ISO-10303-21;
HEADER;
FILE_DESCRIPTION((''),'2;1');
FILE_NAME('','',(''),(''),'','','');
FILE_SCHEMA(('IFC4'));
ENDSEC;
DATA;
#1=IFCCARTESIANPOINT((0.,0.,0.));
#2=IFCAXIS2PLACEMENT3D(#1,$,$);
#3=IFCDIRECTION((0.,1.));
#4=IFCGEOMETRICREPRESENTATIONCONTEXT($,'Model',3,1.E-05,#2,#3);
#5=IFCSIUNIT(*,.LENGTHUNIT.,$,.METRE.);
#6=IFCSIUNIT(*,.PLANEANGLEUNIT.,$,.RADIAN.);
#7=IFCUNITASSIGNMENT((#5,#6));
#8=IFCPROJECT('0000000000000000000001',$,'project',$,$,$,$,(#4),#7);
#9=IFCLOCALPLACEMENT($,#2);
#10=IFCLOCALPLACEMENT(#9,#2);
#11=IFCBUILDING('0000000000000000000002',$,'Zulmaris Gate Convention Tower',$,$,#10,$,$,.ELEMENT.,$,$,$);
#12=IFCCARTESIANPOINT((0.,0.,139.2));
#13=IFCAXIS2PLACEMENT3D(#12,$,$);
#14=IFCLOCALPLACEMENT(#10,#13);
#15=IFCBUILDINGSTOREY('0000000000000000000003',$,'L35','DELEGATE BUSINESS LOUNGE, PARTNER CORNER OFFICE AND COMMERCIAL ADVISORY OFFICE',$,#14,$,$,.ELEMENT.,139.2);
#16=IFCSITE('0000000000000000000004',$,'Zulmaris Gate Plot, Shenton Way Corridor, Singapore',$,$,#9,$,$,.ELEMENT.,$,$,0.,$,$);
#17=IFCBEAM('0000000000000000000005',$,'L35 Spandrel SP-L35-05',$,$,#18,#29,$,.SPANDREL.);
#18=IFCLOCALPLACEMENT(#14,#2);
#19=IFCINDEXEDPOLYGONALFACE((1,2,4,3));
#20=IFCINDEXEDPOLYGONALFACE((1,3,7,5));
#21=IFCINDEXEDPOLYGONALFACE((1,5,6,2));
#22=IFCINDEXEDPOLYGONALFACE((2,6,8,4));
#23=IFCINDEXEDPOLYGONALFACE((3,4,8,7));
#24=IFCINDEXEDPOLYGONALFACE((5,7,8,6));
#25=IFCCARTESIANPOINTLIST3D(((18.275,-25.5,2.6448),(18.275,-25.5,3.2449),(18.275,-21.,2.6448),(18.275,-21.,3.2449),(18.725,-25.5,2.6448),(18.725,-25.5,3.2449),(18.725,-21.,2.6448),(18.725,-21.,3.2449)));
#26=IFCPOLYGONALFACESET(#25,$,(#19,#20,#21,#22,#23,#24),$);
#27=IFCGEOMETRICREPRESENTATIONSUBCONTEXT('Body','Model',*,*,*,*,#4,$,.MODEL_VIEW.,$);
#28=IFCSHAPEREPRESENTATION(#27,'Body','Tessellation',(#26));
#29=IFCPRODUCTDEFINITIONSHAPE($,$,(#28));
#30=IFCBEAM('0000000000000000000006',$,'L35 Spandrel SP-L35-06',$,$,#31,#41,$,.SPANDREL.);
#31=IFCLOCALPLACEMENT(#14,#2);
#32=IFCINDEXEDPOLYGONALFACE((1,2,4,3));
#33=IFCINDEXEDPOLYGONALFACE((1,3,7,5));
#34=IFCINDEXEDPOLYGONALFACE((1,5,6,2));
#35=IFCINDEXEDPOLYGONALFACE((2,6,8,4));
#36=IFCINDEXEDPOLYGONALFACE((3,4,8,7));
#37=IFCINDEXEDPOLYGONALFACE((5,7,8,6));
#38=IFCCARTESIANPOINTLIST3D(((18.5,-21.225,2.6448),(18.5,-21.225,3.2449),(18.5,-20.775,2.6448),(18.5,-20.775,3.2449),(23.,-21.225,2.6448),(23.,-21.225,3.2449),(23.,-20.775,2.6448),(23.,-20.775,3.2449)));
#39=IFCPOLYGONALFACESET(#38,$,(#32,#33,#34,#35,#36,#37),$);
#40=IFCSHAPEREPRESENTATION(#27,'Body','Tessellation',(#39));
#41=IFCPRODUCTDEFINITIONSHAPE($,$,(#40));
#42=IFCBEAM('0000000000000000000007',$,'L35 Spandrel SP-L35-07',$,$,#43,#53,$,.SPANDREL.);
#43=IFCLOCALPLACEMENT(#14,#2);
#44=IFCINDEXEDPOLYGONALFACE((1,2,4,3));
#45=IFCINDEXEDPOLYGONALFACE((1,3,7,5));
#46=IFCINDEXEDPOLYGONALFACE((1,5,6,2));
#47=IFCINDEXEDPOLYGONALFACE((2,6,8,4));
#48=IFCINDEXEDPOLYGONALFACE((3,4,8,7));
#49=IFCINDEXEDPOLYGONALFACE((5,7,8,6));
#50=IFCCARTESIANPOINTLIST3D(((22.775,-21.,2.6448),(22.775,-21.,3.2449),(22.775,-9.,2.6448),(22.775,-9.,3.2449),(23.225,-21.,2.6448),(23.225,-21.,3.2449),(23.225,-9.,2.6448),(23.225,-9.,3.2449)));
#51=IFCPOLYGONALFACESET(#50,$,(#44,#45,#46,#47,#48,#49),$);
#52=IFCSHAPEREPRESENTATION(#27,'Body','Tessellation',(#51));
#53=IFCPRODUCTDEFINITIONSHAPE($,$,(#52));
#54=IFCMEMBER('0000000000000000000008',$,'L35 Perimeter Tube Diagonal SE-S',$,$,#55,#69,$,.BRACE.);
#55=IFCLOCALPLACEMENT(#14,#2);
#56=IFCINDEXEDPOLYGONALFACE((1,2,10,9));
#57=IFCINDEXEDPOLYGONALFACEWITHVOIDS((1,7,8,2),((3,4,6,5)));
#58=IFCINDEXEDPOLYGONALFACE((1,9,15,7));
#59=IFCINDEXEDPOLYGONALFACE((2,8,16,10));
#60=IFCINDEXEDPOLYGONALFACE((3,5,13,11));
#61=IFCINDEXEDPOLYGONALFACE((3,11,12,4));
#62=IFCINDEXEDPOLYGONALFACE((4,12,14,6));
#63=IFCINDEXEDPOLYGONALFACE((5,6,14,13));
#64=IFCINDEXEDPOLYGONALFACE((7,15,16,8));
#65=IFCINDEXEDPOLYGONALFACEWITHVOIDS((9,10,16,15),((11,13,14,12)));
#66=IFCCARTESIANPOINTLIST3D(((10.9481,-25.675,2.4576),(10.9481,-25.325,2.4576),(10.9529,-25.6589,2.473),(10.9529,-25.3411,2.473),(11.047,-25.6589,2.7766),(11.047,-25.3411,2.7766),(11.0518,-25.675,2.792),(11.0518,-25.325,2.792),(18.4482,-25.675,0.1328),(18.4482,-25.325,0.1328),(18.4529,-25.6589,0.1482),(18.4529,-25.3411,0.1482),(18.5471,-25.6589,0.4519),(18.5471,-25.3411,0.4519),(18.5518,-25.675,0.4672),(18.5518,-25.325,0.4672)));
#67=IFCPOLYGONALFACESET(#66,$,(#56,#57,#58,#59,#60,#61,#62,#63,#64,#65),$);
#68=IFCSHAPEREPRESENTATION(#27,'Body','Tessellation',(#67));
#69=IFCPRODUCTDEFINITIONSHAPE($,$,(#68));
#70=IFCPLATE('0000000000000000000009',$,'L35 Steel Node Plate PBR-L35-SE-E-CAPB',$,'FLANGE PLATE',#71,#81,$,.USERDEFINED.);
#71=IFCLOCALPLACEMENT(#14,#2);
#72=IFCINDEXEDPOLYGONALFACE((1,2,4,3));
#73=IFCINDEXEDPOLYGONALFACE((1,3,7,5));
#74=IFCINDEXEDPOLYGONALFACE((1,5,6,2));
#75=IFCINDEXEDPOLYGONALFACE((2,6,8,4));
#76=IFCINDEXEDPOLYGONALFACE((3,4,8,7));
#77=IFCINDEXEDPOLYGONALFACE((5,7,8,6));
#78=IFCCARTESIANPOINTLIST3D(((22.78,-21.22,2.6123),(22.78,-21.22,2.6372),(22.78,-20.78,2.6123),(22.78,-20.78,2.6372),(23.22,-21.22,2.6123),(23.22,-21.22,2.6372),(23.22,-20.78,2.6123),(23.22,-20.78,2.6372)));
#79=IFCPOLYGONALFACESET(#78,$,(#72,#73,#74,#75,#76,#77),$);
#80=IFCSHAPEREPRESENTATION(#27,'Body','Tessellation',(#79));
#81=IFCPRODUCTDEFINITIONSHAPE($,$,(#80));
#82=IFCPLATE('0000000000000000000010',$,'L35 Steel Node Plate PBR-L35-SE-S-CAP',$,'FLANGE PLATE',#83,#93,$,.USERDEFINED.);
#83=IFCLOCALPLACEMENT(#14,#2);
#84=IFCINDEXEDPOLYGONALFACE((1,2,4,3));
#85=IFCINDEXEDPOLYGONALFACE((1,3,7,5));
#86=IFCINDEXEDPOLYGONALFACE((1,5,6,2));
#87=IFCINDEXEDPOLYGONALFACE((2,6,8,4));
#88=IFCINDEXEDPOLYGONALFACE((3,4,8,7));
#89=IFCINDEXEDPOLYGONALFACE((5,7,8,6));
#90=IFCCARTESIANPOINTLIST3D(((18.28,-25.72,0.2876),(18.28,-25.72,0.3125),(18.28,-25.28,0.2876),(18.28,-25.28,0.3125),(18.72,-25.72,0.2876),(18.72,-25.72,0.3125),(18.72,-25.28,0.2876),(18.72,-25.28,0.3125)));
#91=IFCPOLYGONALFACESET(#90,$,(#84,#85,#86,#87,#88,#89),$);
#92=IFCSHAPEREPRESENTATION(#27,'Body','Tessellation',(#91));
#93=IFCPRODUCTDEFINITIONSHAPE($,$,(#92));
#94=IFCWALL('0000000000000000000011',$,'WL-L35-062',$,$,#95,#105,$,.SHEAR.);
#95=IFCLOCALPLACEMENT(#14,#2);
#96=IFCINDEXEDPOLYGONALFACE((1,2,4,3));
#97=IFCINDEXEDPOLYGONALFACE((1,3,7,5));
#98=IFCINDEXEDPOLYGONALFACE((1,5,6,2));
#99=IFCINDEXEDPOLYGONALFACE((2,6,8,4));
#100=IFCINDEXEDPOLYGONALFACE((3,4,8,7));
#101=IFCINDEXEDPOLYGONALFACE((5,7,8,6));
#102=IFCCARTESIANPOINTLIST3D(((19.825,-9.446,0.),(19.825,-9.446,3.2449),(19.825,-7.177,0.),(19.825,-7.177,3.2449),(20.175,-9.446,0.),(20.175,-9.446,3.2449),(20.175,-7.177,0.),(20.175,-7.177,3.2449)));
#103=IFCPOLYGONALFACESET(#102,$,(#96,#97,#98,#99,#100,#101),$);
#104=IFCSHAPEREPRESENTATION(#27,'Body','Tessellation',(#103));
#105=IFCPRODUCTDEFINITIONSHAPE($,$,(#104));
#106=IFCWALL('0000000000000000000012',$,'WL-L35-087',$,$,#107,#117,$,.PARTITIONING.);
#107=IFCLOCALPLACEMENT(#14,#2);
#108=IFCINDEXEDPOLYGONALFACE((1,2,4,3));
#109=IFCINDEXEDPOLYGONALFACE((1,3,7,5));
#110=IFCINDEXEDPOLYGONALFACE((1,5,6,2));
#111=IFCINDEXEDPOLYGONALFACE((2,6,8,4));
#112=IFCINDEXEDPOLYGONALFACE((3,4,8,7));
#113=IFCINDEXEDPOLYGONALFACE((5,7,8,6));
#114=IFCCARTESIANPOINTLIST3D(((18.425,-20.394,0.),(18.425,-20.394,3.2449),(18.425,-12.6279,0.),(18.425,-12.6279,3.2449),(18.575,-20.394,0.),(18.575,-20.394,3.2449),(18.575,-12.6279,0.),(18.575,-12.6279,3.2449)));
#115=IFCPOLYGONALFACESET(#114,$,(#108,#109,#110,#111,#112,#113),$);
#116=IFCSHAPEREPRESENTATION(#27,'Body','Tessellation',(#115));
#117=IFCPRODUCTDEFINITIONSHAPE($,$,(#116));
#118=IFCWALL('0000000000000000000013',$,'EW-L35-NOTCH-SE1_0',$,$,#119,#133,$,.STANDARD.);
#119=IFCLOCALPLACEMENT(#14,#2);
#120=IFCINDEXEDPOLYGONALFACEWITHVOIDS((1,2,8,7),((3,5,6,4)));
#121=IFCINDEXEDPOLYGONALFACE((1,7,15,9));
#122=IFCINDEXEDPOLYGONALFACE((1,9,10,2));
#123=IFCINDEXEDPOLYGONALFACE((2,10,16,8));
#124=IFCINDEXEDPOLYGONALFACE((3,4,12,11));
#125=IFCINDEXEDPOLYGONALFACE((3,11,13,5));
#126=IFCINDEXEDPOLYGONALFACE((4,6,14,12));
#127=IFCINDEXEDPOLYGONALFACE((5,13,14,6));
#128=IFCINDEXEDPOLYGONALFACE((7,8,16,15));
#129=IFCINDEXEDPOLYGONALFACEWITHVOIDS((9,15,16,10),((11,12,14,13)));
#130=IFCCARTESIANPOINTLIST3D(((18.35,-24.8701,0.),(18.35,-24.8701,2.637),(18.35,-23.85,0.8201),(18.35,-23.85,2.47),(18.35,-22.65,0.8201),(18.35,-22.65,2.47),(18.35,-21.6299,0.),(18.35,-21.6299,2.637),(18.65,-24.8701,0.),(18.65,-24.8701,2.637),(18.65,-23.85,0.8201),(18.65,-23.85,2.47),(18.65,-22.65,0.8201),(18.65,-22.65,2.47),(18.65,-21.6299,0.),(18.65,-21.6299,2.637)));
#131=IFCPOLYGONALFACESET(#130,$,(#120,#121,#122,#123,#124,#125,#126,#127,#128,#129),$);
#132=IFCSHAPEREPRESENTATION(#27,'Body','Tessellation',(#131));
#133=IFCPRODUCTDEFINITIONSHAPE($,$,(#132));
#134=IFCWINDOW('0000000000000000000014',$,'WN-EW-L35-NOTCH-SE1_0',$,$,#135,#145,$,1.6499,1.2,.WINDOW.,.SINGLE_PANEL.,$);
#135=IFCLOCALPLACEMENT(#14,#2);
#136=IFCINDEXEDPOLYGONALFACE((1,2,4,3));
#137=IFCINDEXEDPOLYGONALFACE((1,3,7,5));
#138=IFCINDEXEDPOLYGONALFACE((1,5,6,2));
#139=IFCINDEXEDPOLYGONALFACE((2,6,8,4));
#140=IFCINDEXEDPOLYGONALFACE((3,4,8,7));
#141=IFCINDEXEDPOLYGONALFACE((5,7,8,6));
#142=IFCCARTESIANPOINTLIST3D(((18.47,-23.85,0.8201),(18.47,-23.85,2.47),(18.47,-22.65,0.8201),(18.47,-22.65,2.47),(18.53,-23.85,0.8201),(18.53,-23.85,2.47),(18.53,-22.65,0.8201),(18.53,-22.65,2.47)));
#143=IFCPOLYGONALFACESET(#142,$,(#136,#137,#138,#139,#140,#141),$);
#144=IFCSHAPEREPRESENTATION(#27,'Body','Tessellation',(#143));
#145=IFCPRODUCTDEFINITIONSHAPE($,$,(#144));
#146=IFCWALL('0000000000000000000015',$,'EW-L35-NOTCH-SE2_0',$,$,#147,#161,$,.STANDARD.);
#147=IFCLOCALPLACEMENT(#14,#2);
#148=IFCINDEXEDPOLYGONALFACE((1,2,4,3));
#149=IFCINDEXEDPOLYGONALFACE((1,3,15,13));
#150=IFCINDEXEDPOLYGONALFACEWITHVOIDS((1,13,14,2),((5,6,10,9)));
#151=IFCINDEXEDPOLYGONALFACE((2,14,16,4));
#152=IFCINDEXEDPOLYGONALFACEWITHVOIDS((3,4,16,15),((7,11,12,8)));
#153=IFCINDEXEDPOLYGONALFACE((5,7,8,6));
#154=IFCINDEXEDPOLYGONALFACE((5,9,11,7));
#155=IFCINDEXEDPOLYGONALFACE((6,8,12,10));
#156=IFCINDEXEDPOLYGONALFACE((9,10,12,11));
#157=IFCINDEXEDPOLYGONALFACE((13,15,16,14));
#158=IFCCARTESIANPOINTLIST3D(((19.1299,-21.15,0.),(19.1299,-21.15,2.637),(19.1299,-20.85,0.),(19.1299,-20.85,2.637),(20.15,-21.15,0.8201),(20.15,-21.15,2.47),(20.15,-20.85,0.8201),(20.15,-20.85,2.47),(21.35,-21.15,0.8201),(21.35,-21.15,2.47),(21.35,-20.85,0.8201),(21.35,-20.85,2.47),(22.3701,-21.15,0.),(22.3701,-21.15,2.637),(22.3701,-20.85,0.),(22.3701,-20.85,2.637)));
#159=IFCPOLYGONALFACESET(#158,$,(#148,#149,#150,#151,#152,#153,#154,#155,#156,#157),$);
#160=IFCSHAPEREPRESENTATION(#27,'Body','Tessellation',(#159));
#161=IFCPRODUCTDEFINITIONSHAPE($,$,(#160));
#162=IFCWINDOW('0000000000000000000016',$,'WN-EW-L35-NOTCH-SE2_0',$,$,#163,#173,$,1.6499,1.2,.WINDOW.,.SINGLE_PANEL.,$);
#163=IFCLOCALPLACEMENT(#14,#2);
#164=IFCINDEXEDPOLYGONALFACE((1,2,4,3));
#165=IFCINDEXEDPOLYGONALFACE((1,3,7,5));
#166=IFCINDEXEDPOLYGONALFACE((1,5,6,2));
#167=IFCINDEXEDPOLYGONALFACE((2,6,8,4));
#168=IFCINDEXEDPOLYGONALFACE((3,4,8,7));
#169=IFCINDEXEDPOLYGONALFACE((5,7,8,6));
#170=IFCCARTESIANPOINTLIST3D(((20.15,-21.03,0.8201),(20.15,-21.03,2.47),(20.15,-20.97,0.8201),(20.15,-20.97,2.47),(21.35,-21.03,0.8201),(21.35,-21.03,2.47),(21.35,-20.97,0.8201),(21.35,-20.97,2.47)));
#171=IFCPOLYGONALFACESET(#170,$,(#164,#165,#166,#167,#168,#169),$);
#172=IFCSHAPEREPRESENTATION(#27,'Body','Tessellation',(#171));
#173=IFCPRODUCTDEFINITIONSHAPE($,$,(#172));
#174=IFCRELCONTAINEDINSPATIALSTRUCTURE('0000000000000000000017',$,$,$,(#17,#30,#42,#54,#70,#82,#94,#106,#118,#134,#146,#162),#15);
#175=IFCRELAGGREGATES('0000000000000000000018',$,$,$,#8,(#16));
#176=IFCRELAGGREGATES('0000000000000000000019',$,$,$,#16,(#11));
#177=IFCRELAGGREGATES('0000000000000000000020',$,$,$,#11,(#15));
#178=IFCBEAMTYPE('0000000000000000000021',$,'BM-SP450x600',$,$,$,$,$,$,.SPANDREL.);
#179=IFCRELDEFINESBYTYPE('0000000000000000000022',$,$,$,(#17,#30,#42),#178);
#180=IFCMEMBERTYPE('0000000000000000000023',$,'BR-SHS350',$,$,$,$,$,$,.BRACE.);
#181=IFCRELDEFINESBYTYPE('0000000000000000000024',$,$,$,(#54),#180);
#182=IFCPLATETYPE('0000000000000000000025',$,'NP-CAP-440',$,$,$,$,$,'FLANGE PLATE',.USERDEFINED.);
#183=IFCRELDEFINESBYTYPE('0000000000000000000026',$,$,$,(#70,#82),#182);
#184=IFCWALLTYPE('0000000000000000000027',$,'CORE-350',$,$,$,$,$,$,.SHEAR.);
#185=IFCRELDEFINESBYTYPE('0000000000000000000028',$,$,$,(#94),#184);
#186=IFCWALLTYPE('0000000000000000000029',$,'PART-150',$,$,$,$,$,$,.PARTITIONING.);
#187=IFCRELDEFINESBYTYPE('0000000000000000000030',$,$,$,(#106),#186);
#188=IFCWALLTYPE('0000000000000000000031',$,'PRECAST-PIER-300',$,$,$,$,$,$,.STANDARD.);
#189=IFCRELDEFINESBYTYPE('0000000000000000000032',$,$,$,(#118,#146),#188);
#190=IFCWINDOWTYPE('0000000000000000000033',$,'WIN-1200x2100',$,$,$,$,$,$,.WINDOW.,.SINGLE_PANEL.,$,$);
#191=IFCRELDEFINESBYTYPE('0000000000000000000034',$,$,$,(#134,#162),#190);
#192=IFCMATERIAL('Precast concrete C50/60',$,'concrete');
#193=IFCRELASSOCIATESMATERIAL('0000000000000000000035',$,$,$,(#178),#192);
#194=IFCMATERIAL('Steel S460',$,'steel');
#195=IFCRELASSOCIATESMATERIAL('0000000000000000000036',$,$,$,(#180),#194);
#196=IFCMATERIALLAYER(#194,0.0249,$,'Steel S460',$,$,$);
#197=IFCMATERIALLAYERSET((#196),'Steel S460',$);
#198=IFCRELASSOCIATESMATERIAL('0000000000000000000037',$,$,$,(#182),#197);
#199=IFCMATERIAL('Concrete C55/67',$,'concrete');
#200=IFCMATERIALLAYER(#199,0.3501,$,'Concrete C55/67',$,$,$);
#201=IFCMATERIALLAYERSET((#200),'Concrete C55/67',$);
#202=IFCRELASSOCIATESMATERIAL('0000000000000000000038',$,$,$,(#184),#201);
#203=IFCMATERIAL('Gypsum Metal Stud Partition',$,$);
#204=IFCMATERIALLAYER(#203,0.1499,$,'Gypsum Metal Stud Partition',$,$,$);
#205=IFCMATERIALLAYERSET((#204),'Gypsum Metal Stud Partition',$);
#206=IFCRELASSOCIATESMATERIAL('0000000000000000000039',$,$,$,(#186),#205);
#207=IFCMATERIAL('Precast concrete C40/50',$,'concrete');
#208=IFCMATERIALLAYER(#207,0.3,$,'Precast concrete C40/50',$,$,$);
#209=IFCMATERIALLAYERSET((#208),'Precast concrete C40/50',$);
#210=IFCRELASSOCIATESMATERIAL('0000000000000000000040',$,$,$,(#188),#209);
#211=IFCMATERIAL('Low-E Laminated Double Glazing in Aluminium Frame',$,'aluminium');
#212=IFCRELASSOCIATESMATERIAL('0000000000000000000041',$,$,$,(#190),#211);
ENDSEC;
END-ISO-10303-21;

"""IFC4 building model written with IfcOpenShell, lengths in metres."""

from ifc_helpers import new_model, si_unit, direction, frame, frame_2d, origin, origin_2d, place, context, subcontext, project, spatial, rectangle, hollow_rectangle, extrude, material, layer, layer_set, material_profile, profile_set, type_object, element, fill, save


model = new_model("IFC4")

# Units and contexts
model_context = context("Model", 3, precision=1e-05, world=origin(), true_north=direction((0.0, 1.0)))
body_context = subcontext(model_context, "Body", "Model", "MODEL_VIEW")
ifc_project = project(units=[si_unit("LENGTHUNIT", "METRE"), si_unit("PLANEANGLEUNIT", "RADIAN")], contexts=[model_context])

# Site, building, storey
site_placement = place(None, origin())
site = spatial("IfcSite", under=ifc_project, at=site_placement, Name="Zulmaris Gate Plot, Shenton Way Corridor, Singapore", CompositionType="ELEMENT", RefElevation=0.0)
building_placement = place(site_placement, origin())
building = spatial("IfcBuilding", under=site, at=building_placement, Name="Zulmaris Gate Convention Tower", CompositionType="ELEMENT")
storey_placement = place(building_placement, frame((0.0, 0.0, 139.2)))
storey = spatial("IfcBuildingStorey", under=building, at=storey_placement, Name="L35", Description="DELEGATE BUSINESS LOUNGE, PARTNER CORNER OFFICE AND COMMERCIAL ADVISORY OFFICE", CompositionType="ELEMENT", Elevation=139.2)

# Beams
ifc_material_1 = material(Name="Precast concrete C50/60", Category="concrete")
ifc_material_profile_1 = material_profile(ifc_material_1, rectangle(XDim=0.45, YDim=0.6001, at=origin_2d()), Name="RC SPANDREL 450x600")
ifc_profile_set_1 = profile_set([ifc_material_profile_1], Name="Precast concrete C50/60")
beam_type_1 = type_object("IfcBeamType", Name="BM-SP450x600", PredefinedType="SPANDREL", material=ifc_profile_set_1)
for number, where, z_axis, x_axis, name in (
    (1, (18.5, -25.5, 2.9448), (0.0, 1.0, 0.0), (-1.0, 0.0, 0.0), "L35 Spandrel SP-L35-05"),
    (2, (18.5, -21.0, 2.9448), (1.0, 0.0, 0.0), (0.0, 1.0, 0.0), "L35 Spandrel SP-L35-06"),
):
    element("IfcBeam", number, at=place(storey_placement, frame(where, z_axis=z_axis, x_axis=x_axis)), inside=storey, type_object=beam_type_1, Name=name, PredefinedType="SPANDREL", context=body_context, shape_type="SweptSolid", body=[
        extrude(rectangle(XDim=0.45, YDim=0.6001, at=origin_2d()), origin(), (0.0, 0.0, 1.0), 4.5),
    ])
beam_1_placement = place(storey_placement, frame((23.0, -21.0, 2.9448), z_axis=(0.0, 1.0, 0.0), x_axis=(-1.0, 0.0, 0.0)))
element("IfcBeam", 3, at=beam_1_placement, inside=storey, type_object=beam_type_1, Name="L35 Spandrel SP-L35-07", PredefinedType="SPANDREL", context=body_context, shape_type="SweptSolid", body=[
    extrude(rectangle(XDim=0.45, YDim=0.6001, at=origin_2d()), origin(), (0.0, 0.0, 1.0), 12.0),
])

# Member
ifc_material_2 = material(Name="Steel S460", Category="steel")
ifc_material_profile_2 = material_profile(ifc_material_2, hollow_rectangle(XDim=0.3501, YDim=0.3501, WallThickness=0.0161, at=origin_2d()), Name="SHS 350x350x16")
ifc_profile_set_2 = profile_set([ifc_material_profile_2], Name="Steel S460")
member_type = type_object("IfcMemberType", Name="BR-SHS350", PredefinedType="BRACE", material=ifc_profile_set_2)
member_placement = place(storey_placement, frame((18.5, -25.5, 0.3), z_axis=(-0.955168, 0.0, 0.296065), x_axis=(0.0, -1.0, 0.0)))
element("IfcMember", 4, at=member_placement, inside=storey, type_object=member_type, Name="L35 Perimeter Tube Diagonal SE-S", PredefinedType="BRACE", context=body_context, shape_type="SweptSolid", body=[
    extrude(hollow_rectangle(XDim=0.3501, YDim=0.3501, WallThickness=0.0161, at=origin_2d()), origin(), (0.0, 0.0, 1.0), 7.8521),
])

# Plates
ifc_layer_1 = layer(ifc_material_2, 0.0249, Name="Steel S460")
ifc_layer_set_1 = layer_set([ifc_layer_1], Name="Steel S460")
plate_type = type_object("IfcPlateType", Name="NP-CAP-440", ElementType="FLANGE PLATE", PredefinedType="USERDEFINED", material=ifc_layer_set_1)
for number, where, z_axis, x_axis, name in (
    (5, (23.0, -21.0, 2.6123), (0.0, 0.0, 1.0), (1.0, 0.0, 0.0), "L35 Steel Node Plate PBR-L35-SE-E-CAPB"),
    (6, (18.5, -25.5, 0.2876), (0.0, 0.0, 1.0), (1.0, 0.0, 0.0), "L35 Steel Node Plate PBR-L35-SE-S-CAP"),
):
    element("IfcPlate", number, at=place(storey_placement, frame(where, z_axis=z_axis, x_axis=x_axis)), inside=storey, type_object=plate_type, Name=name, ObjectType="FLANGE PLATE", PredefinedType="USERDEFINED", context=body_context, shape_type="SweptSolid", body=[
        extrude(rectangle(XDim=0.4399, YDim=0.4399, at=origin_2d()), origin(), (0.0, 0.0, 1.0), 0.0249),
    ])

# Wall
ifc_material_3 = material(Name="Concrete C55/67", Category="concrete")
ifc_layer_2 = layer(ifc_material_3, 0.3501, Name="Concrete C55/67")
ifc_layer_set_2 = layer_set([ifc_layer_2], Name="Concrete C55/67")
wall_type_1 = type_object("IfcWallType", Name="CORE-350", PredefinedType="SHEAR", material=ifc_layer_set_2)
wall_1_placement = place(storey_placement, frame((20.0, -9.446, 0.0), z_axis=(0.0, 0.0, 1.0), x_axis=(0.0, 1.0, 0.0)))
element("IfcWall", 7, at=wall_1_placement, inside=storey, type_object=wall_type_1, Name="WL-L35-062", PredefinedType="SHEAR", context=body_context, shape_type="SweptSolid", body=[
    extrude(rectangle(XDim=2.269, YDim=0.3501, at=frame_2d((1.1345, 0.0))), origin(), (0.0, 0.0, 1.0), 3.2449),
])

# Shared definitions
ifc_material_4 = material(Name="Gypsum Metal Stud Partition")
ifc_layer_3 = layer(ifc_material_4, 0.1499, Name="Gypsum Metal Stud Partition")
ifc_layer_set_3 = layer_set([ifc_layer_3], Name="Gypsum Metal Stud Partition")
wall_type_2 = type_object("IfcWallType", Name="PART-150", PredefinedType="PARTITIONING", material=ifc_layer_set_3)

# Wall
wall_2_placement = place(storey_placement, frame((18.5, -20.394, 0.0), z_axis=(0.0, 0.0, 1.0), x_axis=(0.0, 1.0, 0.0)))
element("IfcWall", 8, at=wall_2_placement, inside=storey, type_object=wall_type_2, Name="WL-L35-087", PredefinedType="PARTITIONING", context=body_context, shape_type="SweptSolid", body=[
    extrude(rectangle(XDim=7.7661, YDim=0.1499, at=frame_2d((3.8831, 0.0))), origin(), (0.0, 0.0, 1.0), 3.2449),
])

# Walls, openings, windows
ifc_material_5 = material(Name="Precast concrete C40/50", Category="concrete")
ifc_layer_4 = layer(ifc_material_5, 0.3, Name="Precast concrete C40/50")
ifc_layer_set_4 = layer_set([ifc_layer_4], Name="Precast concrete C40/50")
wall_type_3 = type_object("IfcWallType", Name="PRECAST-PIER-300", PredefinedType="STANDARD", material=ifc_layer_set_4)
wall_3_placement = place(storey_placement, frame((18.5, -24.8701, 0.0), z_axis=(0.0, 0.0, 1.0), x_axis=(0.0, 1.0, 0.0)))
wall_3 = element("IfcWall", 9, at=wall_3_placement, inside=storey, type_object=wall_type_3, Name="EW-L35-NOTCH-SE1_0", PredefinedType="STANDARD", context=body_context, shape_type="SweptSolid", body=[
    extrude(rectangle(XDim=3.2402, YDim=0.3, at=frame_2d((1.6201, 0.0))), origin(), (0.0, 0.0, 1.0), 2.637),
])
opening_1_placement = place(wall_3_placement, frame((1.02, 0.0, 0.8201)))
opening_1 = element("IfcOpeningElement", 10, at=opening_1_placement, cuts=wall_3, PredefinedType="OPENING", context=body_context, shape_type="SweptSolid", body=[
    extrude(rectangle(XDim=1.2, YDim=1.6499, at=frame_2d((0.6001, 0.825))), frame((0.0, 0.1602, 0.0), z_axis=(0.0, -1.0, 0.0), x_axis=(1.0, 0.0, 0.0)), (0.0, 0.0, 1.0), 0.3201),
])
ifc_material_6 = material(Name="Low-E Laminated Double Glazing in Aluminium Frame", Category="aluminium")
window_type = type_object("IfcWindowType", Name="WIN-1200x2100", PartitioningType="SINGLE_PANEL", PredefinedType="WINDOW", material=ifc_material_6)
window_1_placement = place(opening_1_placement, origin())
window_1 = element("IfcWindow", 11, at=window_1_placement, inside=storey, type_object=window_type, Name="WN-EW-L35-NOTCH-SE1_0", OverallHeight=1.6499, OverallWidth=1.2, PartitioningType="SINGLE_PANEL", PredefinedType="WINDOW", context=body_context, shape_type="SweptSolid", body=[
    extrude(rectangle(XDim=1.2, YDim=1.6499, at=frame_2d((0.6001, 0.825))), frame((0.0, 0.03, 0.0), z_axis=(0.0, -1.0, 0.0), x_axis=(1.0, 0.0, 0.0)), (0.0, 0.0, 1.0), 0.0601),
])
fill(opening_1, window_1)
wall_4_placement = place(storey_placement, frame((19.1299, -21.0, 0.0), z_axis=(0.0, 0.0, 1.0), x_axis=(1.0, 0.0, 0.0)))
wall_4 = element("IfcWall", 12, at=wall_4_placement, inside=storey, type_object=wall_type_3, Name="EW-L35-NOTCH-SE2_0", PredefinedType="STANDARD", context=body_context, shape_type="SweptSolid", body=[
    extrude(rectangle(XDim=3.2402, YDim=0.3, at=frame_2d((1.6201, 0.0))), origin(), (0.0, 0.0, 1.0), 2.637),
])
opening_2_placement = place(wall_4_placement, frame((1.02, 0.0, 0.8201)))
opening_2 = element("IfcOpeningElement", 13, at=opening_2_placement, cuts=wall_4, PredefinedType="OPENING", context=body_context, shape_type="SweptSolid", body=[
    extrude(rectangle(XDim=1.2, YDim=1.6499, at=frame_2d((0.6001, 0.825))), frame((0.0, 0.1602, 0.0), z_axis=(0.0, -1.0, 0.0), x_axis=(1.0, 0.0, 0.0)), (0.0, 0.0, 1.0), 0.3201),
])
window_2_placement = place(opening_2_placement, origin())
window_2 = element("IfcWindow", 14, at=window_2_placement, inside=storey, type_object=window_type, Name="WN-EW-L35-NOTCH-SE2_0", OverallHeight=1.6499, OverallWidth=1.2, PartitioningType="SINGLE_PANEL", PredefinedType="WINDOW", context=body_context, shape_type="SweptSolid", body=[
    extrude(rectangle(XDim=1.2, YDim=1.6499, at=frame_2d((0.6001, 0.825))), frame((0.0, 0.03, 0.0), z_axis=(0.0, -1.0, 0.0), x_axis=(1.0, 0.0, 0.0)), (0.0, 0.0, 1.0), 0.0601),
])
fill(opening_2, window_2)

save(model, "model.ifc")
